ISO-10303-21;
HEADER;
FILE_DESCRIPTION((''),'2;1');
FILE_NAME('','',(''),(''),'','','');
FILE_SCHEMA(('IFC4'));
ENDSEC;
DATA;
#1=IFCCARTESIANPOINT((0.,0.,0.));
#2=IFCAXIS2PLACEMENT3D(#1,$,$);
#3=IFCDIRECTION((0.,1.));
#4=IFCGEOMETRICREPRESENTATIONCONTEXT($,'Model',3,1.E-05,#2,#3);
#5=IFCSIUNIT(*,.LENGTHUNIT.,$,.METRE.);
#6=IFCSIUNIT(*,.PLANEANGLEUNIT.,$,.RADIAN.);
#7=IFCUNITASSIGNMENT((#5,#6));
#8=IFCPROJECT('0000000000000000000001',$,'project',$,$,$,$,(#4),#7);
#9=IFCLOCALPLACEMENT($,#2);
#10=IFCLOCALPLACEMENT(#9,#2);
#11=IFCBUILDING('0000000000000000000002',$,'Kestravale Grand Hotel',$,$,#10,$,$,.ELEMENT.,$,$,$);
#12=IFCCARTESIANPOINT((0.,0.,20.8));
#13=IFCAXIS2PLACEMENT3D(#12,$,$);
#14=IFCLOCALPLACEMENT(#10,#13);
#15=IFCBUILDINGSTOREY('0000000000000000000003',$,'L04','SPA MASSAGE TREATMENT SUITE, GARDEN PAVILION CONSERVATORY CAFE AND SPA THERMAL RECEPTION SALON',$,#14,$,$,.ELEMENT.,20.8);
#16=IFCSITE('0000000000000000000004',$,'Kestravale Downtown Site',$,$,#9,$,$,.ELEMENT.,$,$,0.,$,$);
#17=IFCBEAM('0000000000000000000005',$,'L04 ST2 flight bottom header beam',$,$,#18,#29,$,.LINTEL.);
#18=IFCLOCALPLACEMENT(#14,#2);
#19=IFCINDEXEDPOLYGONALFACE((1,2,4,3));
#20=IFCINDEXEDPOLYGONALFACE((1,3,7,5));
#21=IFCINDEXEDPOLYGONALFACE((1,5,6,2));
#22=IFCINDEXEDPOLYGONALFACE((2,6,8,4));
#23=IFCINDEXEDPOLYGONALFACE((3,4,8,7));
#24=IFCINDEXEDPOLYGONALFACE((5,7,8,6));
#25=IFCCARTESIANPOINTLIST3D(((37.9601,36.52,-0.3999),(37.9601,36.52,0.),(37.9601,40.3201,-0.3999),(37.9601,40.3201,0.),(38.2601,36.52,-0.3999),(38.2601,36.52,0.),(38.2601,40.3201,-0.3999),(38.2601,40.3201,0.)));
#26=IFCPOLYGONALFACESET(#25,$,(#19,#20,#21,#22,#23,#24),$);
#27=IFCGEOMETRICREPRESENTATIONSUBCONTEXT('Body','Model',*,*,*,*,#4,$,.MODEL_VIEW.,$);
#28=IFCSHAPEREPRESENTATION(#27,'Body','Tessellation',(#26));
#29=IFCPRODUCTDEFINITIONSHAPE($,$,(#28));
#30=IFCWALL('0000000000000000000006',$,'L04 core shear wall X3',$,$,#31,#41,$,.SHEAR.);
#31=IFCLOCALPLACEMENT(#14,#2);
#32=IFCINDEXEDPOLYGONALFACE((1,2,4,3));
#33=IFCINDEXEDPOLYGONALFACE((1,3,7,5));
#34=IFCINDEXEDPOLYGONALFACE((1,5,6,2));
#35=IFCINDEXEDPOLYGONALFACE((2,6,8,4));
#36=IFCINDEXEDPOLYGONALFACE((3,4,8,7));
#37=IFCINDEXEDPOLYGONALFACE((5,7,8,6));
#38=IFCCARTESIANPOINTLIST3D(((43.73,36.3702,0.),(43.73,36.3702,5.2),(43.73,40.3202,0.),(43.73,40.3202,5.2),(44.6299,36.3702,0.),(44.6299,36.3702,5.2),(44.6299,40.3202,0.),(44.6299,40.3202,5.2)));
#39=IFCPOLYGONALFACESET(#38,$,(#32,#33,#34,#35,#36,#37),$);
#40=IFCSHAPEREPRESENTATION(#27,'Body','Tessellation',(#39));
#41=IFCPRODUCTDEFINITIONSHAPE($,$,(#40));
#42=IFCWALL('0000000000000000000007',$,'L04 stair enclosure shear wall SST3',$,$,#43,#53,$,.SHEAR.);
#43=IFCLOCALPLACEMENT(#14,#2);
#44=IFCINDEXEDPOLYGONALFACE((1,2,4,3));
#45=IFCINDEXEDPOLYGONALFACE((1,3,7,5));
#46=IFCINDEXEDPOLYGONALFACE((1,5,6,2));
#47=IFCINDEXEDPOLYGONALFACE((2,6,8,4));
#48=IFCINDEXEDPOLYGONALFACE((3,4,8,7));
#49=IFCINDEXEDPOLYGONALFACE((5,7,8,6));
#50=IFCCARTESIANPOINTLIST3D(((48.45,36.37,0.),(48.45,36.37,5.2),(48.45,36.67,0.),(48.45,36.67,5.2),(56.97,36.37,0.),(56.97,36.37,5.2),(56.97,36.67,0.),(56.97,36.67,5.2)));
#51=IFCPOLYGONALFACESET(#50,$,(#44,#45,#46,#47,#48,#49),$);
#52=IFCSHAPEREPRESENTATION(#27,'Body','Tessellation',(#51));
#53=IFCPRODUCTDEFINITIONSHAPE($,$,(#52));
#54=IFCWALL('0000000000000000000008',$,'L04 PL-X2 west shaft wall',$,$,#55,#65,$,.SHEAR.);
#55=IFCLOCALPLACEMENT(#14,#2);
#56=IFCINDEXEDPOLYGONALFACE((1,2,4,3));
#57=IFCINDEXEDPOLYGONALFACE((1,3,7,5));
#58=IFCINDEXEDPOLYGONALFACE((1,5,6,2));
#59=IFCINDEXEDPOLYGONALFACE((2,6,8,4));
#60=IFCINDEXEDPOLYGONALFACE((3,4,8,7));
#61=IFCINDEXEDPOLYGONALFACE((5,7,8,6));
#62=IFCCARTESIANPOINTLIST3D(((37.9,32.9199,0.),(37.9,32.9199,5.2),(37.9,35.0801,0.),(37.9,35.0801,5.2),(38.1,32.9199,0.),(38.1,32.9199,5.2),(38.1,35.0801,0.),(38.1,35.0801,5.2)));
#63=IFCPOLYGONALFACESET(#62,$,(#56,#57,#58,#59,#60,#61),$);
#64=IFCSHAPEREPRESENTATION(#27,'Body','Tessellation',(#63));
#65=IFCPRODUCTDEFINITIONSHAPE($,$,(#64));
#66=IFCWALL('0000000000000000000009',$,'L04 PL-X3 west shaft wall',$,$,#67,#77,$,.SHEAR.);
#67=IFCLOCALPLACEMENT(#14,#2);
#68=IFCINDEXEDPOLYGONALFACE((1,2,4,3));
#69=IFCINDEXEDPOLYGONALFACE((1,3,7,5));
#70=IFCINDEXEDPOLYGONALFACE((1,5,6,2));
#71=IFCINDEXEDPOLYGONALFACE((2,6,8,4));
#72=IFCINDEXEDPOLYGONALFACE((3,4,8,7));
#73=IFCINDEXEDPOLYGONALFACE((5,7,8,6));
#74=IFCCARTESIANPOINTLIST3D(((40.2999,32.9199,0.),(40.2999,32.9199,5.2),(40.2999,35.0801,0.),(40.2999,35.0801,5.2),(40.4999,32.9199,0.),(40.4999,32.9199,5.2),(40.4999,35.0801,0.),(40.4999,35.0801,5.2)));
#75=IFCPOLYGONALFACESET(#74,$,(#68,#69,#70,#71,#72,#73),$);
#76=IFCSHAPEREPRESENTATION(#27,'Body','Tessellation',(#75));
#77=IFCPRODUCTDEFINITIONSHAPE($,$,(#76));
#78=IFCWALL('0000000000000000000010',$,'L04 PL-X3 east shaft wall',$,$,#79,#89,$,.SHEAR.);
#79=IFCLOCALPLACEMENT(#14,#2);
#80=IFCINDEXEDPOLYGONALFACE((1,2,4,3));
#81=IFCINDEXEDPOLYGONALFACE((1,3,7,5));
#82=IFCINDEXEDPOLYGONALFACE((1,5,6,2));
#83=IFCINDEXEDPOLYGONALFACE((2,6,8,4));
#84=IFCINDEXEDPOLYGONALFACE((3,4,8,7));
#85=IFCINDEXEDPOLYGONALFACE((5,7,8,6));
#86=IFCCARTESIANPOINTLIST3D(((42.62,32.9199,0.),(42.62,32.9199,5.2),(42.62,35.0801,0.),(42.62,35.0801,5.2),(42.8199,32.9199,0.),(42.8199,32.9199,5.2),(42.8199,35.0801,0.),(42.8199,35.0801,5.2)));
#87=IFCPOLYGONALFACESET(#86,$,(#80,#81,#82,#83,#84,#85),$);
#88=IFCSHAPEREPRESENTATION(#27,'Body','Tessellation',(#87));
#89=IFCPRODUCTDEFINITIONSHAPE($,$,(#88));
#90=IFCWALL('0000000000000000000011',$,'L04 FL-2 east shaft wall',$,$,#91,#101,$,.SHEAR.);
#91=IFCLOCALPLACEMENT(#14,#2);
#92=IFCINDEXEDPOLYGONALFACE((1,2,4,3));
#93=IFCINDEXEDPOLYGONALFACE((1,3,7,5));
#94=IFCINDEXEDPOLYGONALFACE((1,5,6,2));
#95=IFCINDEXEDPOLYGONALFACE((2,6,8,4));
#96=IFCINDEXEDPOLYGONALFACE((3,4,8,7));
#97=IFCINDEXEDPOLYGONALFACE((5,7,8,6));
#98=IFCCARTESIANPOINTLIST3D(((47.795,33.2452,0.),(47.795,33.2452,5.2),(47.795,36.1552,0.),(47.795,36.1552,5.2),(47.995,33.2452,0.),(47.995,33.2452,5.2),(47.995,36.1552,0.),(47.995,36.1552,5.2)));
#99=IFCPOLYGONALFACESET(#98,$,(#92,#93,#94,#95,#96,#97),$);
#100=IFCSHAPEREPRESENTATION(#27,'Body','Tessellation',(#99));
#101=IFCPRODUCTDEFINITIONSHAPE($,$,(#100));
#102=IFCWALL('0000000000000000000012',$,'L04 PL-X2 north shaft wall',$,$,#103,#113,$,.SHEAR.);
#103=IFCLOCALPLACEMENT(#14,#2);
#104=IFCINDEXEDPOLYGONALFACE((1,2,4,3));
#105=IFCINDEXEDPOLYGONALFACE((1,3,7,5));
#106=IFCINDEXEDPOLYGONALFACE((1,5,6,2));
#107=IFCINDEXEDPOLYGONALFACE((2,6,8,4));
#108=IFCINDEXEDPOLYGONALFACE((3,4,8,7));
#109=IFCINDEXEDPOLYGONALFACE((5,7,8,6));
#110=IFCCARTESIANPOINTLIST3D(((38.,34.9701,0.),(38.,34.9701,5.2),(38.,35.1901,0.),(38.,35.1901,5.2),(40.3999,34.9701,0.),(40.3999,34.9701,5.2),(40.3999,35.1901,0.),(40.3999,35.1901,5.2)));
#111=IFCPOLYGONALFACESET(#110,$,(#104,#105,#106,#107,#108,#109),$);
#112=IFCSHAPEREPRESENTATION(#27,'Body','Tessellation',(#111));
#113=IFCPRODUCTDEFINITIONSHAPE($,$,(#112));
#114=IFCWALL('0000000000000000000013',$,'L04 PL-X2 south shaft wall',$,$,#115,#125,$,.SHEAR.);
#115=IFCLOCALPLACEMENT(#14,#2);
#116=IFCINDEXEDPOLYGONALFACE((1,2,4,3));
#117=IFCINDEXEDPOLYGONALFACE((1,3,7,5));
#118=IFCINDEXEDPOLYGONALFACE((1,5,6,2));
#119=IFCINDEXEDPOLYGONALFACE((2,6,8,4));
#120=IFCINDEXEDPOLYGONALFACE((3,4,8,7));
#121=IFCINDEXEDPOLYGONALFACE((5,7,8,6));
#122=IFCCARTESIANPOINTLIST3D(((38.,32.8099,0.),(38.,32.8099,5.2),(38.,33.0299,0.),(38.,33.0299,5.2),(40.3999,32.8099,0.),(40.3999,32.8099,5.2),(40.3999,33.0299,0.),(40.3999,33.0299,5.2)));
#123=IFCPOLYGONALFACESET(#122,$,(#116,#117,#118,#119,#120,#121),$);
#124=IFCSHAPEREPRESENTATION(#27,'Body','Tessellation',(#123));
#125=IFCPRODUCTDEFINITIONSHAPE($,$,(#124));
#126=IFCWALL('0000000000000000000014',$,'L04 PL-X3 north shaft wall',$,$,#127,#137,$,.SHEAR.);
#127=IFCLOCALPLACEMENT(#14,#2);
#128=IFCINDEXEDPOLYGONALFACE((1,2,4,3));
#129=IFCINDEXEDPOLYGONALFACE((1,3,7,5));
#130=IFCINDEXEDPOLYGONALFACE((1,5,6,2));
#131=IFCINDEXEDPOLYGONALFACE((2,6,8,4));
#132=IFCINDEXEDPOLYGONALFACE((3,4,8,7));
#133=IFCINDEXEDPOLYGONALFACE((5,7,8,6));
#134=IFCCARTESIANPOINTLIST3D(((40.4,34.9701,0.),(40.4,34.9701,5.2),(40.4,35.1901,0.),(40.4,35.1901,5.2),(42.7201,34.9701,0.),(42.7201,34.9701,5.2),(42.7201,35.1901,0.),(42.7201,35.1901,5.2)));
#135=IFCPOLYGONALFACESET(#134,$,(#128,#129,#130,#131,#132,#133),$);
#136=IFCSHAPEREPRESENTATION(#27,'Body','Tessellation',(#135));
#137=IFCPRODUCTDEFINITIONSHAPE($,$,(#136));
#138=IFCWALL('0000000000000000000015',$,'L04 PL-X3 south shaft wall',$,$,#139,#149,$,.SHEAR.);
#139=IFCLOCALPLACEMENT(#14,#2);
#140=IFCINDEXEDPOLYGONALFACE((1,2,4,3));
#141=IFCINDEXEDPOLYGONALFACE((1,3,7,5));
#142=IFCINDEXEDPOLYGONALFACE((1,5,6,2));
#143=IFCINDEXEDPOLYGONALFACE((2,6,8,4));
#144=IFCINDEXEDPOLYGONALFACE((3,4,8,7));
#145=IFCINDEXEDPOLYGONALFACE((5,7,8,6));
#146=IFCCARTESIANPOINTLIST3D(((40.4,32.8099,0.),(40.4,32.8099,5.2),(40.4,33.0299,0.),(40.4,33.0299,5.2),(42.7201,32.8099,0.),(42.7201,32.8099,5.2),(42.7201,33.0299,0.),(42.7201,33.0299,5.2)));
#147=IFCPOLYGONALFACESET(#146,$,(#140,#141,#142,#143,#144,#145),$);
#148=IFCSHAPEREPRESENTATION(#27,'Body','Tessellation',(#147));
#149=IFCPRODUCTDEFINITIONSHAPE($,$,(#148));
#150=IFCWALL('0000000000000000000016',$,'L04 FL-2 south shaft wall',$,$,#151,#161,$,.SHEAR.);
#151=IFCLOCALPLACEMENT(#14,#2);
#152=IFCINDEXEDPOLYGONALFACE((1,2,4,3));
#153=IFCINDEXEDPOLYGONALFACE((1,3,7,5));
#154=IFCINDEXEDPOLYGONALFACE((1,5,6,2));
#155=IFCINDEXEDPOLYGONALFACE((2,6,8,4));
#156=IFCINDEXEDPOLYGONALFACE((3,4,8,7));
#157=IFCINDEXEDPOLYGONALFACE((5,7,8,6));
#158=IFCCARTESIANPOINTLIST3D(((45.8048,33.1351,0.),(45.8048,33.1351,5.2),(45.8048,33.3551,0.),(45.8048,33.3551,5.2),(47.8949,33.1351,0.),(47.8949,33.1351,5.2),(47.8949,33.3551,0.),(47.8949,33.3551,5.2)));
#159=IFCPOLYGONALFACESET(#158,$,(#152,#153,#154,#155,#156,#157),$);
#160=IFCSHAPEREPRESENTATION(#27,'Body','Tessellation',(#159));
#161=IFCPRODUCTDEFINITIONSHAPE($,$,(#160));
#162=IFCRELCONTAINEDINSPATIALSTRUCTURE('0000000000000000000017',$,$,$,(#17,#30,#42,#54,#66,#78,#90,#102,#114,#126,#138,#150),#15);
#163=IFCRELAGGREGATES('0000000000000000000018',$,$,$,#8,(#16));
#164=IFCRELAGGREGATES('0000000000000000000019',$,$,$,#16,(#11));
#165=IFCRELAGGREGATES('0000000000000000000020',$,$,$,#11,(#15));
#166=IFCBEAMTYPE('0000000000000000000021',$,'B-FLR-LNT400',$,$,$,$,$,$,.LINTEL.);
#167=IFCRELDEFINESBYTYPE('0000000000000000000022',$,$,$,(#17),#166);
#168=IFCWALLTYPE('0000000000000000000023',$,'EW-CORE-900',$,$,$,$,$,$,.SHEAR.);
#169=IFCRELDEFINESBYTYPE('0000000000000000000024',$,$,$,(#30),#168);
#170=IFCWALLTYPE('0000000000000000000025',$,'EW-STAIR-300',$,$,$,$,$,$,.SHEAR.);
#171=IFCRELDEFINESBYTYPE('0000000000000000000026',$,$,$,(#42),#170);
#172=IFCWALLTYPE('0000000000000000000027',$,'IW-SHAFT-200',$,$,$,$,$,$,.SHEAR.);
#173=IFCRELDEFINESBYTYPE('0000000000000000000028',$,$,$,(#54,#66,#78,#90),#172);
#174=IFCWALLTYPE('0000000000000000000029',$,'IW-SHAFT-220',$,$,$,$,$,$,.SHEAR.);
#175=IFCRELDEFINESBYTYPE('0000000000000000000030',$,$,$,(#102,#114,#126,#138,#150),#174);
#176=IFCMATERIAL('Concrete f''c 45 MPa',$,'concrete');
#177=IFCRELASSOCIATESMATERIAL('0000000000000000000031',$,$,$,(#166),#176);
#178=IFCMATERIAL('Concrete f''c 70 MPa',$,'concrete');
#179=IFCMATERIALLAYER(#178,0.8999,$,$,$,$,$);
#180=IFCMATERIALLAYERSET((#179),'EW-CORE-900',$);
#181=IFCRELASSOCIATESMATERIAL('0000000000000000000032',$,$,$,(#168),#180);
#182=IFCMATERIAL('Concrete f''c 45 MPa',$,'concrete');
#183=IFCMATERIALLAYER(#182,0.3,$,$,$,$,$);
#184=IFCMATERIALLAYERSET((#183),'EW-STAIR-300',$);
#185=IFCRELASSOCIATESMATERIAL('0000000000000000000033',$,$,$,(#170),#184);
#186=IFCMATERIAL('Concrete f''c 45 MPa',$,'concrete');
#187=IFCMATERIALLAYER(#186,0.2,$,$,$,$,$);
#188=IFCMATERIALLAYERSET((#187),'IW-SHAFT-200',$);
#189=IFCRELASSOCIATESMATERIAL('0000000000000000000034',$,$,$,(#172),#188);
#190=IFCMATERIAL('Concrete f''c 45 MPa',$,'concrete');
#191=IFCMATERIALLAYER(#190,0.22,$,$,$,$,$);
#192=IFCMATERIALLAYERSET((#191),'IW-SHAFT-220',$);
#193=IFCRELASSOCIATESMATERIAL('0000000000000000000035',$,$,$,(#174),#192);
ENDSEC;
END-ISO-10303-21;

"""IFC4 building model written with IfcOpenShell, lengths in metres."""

from ifc_helpers import new_model, si_unit, direction, frame, frame_2d, origin, origin_2d, place, context, subcontext, project, spatial, rectangle, extrude, material, layer, layer_set, material_profile, profile_set, type_object, element, save


model = new_model("IFC4")

# Units and contexts
model_context = context("Model", 3, precision=1e-05, world=origin(), true_north=direction((0.0, 1.0)))
body_context = subcontext(model_context, "Body", "Model", "MODEL_VIEW")
ifc_project = project(units=[si_unit("LENGTHUNIT", "METRE"), si_unit("PLANEANGLEUNIT", "RADIAN")], contexts=[model_context])

# Site, building, storey
site_placement = place(None, origin())
site = spatial("IfcSite", under=ifc_project, at=site_placement, Name="Kestravale Downtown Site", CompositionType="ELEMENT", RefElevation=0.0)
building_placement = place(site_placement, origin())
building = spatial("IfcBuilding", under=site, at=building_placement, Name="Kestravale Grand Hotel", CompositionType="ELEMENT")
storey_placement = place(building_placement, frame((0.0, 0.0, 20.8)))
storey = spatial("IfcBuildingStorey", under=building, at=storey_placement, Name="L04", Description="SPA MASSAGE TREATMENT SUITE, GARDEN PAVILION CONSERVATORY CAFE AND SPA THERMAL RECEPTION SALON", CompositionType="ELEMENT", Elevation=20.8)

# Beam
ifc_material_1 = material(Name="Concrete f'c 45 MPa", Category="concrete")
ifc_material_profile = material_profile(ifc_material_1, rectangle(XDim=0.3, YDim=0.3999, at=origin_2d()))
ifc_profile_set = profile_set([ifc_material_profile], Name="Concrete f'c 45 MPa")
beam_type = type_object("IfcBeamType", Name="B-FLR-LNT400", PredefinedType="LINTEL", material=ifc_profile_set)
beam_placement = place(storey_placement, frame((38.1101, 36.52, -0.2), z_axis=(0.0, 1.0, 0.0), x_axis=(-1.0, 0.0, 0.0)))
element("IfcBeam", 1, at=beam_placement, inside=storey, type_object=beam_type, Name="L04 ST2 flight bottom header beam", PredefinedType="LINTEL", context=body_context, shape_type="SweptSolid", body=[
    extrude(rectangle(XDim=0.3, YDim=0.3999, at=origin_2d()), origin(), (0.0, 0.0, 1.0), 3.8),
])

# Walls
ifc_material_2 = material(Name="Concrete f'c 70 MPa", Category="concrete")
ifc_layer_1 = layer(ifc_material_2, 0.8999)
ifc_layer_set_1 = layer_set([ifc_layer_1], Name="EW-CORE-900")
wall_type_1 = type_object("IfcWallType", Name="EW-CORE-900", PredefinedType="SHEAR", material=ifc_layer_set_1)
wall_1_placement = place(storey_placement, frame((44.1799, 36.3701, 0.0), z_axis=(0.0, 0.0, 1.0), x_axis=(0.0, 1.0, 0.0)))
element("IfcWall", 2, at=wall_1_placement, inside=storey, type_object=wall_type_1, Name="L04 core shear wall X3", PredefinedType="SHEAR", context=body_context, shape_type="SweptSolid", body=[
    extrude(rectangle(XDim=3.95, YDim=0.8999, at=frame_2d((1.9751, 0.0))), origin(), (0.0, 0.0, 1.0), 5.2),
])
ifc_material_3 = material(Name="Concrete f'c 45 MPa", Category="concrete")
ifc_layer_2 = layer(ifc_material_3, 0.3)
ifc_layer_set_2 = layer_set([ifc_layer_2], Name="EW-STAIR-300")
wall_type_2 = type_object("IfcWallType", Name="EW-STAIR-300", PredefinedType="SHEAR", material=ifc_layer_set_2)
wall_2_placement = place(storey_placement, frame((48.45, 36.52, 0.0), z_axis=(0.0, 0.0, 1.0), x_axis=(1.0, 0.0, 0.0)))
element("IfcWall", 3, at=wall_2_placement, inside=storey, type_object=wall_type_2, Name="L04 stair enclosure shear wall SST3", PredefinedType="SHEAR", context=body_context, shape_type="SweptSolid", body=[
    extrude(rectangle(XDim=8.52, YDim=0.3, at=frame_2d((4.26, 0.0))), origin(), (0.0, 0.0, 1.0), 5.2),
])

# Walls
ifc_material_4 = material(Name="Concrete f'c 45 MPa", Category="concrete")
ifc_layer_3 = layer(ifc_material_4, 0.2)
ifc_layer_set_3 = layer_set([ifc_layer_3], Name="IW-SHAFT-200")
wall_type_3 = type_object("IfcWallType", Name="IW-SHAFT-200", PredefinedType="SHEAR", material=ifc_layer_set_3)
for number, where, z_axis, x_axis, name in (
    (4, (38.0, 32.9199, 0.0), (0.0, 0.0, 1.0), (0.0, 1.0, 0.0), "L04 PL-X2 west shaft wall"),
    (5, (40.3999, 32.9199, 0.0), (0.0, 0.0, 1.0), (0.0, 1.0, 0.0), "L04 PL-X3 west shaft wall"),
    (6, (42.72, 32.9199, 0.0), (0.0, 0.0, 1.0), (0.0, 1.0, 0.0), "L04 PL-X3 east shaft wall"),
):
    element("IfcWall", number, at=place(storey_placement, frame(where, z_axis=z_axis, x_axis=x_axis)), inside=storey, type_object=wall_type_3, Name=name, PredefinedType="SHEAR", context=body_context, shape_type="SweptSolid", body=[
        extrude(rectangle(XDim=2.1602, YDim=0.2, at=frame_2d((1.0801, 0.0))), origin(), (0.0, 0.0, 1.0), 5.2),
    ])
wall_3_placement = place(storey_placement, frame((47.895, 33.2451, 0.0), z_axis=(0.0, 0.0, 1.0), x_axis=(0.0, 1.0, 0.0)))
element("IfcWall", 7, at=wall_3_placement, inside=storey, type_object=wall_type_3, Name="L04 FL-2 east shaft wall", PredefinedType="SHEAR", context=body_context, shape_type="SweptSolid", body=[
    extrude(rectangle(XDim=2.9099, YDim=0.2, at=frame_2d((1.4551, 0.0))), origin(), (0.0, 0.0, 1.0), 5.2),
])
ifc_material_5 = material(Name="Concrete f'c 45 MPa", Category="concrete")
ifc_layer_4 = layer(ifc_material_5, 0.22)
ifc_layer_set_4 = layer_set([ifc_layer_4], Name="IW-SHAFT-220")
wall_type_4 = type_object("IfcWallType", Name="IW-SHAFT-220", PredefinedType="SHEAR", material=ifc_layer_set_4)
for number, where, z_axis, x_axis, name in (
    (8, (38.0, 35.0801, 0.0), (0.0, 0.0, 1.0), (1.0, 0.0, 0.0), "L04 PL-X2 north shaft wall"),
    (9, (38.0, 32.9199, 0.0), (0.0, 0.0, 1.0), (1.0, 0.0, 0.0), "L04 PL-X2 south shaft wall"),
):
    element("IfcWall", number, at=place(storey_placement, frame(where, z_axis=z_axis, x_axis=x_axis)), inside=storey, type_object=wall_type_4, Name=name, PredefinedType="SHEAR", context=body_context, shape_type="SweptSolid", body=[
        extrude(rectangle(XDim=2.3999, YDim=0.22, at=frame_2d((1.2, 0.0))), origin(), (0.0, 0.0, 1.0), 5.2),
    ])
for number, where, z_axis, x_axis, name in (
    (10, (40.3999, 35.0801, 0.0), (0.0, 0.0, 1.0), (1.0, 0.0, 0.0), "L04 PL-X3 north shaft wall"),
    (11, (40.3999, 32.9199, 0.0), (0.0, 0.0, 1.0), (1.0, 0.0, 0.0), "L04 PL-X3 south shaft wall"),
):
    element("IfcWall", number, at=place(storey_placement, frame(where, z_axis=z_axis, x_axis=x_axis)), inside=storey, type_object=wall_type_4, Name=name, PredefinedType="SHEAR", context=body_context, shape_type="SweptSolid", body=[
        extrude(rectangle(XDim=2.3201, YDim=0.22, at=frame_2d((1.1602, 0.0))), origin(), (0.0, 0.0, 1.0), 5.2),
    ])

# Wall
wall_4_placement = place(storey_placement, frame((45.8049, 33.2451, 0.0), z_axis=(0.0, 0.0, 1.0), x_axis=(1.0, 0.0, 0.0)))
element("IfcWall", 12, at=wall_4_placement, inside=storey, type_object=wall_type_4, Name="L04 FL-2 south shaft wall", PredefinedType="SHEAR", context=body_context, shape_type="SweptSolid", body=[
    extrude(rectangle(XDim=2.0901, YDim=0.22, at=frame_2d((1.0449, 0.0))), origin(), (0.0, 0.0, 1.0), 5.2),
])

save(model, "model.ifc")
